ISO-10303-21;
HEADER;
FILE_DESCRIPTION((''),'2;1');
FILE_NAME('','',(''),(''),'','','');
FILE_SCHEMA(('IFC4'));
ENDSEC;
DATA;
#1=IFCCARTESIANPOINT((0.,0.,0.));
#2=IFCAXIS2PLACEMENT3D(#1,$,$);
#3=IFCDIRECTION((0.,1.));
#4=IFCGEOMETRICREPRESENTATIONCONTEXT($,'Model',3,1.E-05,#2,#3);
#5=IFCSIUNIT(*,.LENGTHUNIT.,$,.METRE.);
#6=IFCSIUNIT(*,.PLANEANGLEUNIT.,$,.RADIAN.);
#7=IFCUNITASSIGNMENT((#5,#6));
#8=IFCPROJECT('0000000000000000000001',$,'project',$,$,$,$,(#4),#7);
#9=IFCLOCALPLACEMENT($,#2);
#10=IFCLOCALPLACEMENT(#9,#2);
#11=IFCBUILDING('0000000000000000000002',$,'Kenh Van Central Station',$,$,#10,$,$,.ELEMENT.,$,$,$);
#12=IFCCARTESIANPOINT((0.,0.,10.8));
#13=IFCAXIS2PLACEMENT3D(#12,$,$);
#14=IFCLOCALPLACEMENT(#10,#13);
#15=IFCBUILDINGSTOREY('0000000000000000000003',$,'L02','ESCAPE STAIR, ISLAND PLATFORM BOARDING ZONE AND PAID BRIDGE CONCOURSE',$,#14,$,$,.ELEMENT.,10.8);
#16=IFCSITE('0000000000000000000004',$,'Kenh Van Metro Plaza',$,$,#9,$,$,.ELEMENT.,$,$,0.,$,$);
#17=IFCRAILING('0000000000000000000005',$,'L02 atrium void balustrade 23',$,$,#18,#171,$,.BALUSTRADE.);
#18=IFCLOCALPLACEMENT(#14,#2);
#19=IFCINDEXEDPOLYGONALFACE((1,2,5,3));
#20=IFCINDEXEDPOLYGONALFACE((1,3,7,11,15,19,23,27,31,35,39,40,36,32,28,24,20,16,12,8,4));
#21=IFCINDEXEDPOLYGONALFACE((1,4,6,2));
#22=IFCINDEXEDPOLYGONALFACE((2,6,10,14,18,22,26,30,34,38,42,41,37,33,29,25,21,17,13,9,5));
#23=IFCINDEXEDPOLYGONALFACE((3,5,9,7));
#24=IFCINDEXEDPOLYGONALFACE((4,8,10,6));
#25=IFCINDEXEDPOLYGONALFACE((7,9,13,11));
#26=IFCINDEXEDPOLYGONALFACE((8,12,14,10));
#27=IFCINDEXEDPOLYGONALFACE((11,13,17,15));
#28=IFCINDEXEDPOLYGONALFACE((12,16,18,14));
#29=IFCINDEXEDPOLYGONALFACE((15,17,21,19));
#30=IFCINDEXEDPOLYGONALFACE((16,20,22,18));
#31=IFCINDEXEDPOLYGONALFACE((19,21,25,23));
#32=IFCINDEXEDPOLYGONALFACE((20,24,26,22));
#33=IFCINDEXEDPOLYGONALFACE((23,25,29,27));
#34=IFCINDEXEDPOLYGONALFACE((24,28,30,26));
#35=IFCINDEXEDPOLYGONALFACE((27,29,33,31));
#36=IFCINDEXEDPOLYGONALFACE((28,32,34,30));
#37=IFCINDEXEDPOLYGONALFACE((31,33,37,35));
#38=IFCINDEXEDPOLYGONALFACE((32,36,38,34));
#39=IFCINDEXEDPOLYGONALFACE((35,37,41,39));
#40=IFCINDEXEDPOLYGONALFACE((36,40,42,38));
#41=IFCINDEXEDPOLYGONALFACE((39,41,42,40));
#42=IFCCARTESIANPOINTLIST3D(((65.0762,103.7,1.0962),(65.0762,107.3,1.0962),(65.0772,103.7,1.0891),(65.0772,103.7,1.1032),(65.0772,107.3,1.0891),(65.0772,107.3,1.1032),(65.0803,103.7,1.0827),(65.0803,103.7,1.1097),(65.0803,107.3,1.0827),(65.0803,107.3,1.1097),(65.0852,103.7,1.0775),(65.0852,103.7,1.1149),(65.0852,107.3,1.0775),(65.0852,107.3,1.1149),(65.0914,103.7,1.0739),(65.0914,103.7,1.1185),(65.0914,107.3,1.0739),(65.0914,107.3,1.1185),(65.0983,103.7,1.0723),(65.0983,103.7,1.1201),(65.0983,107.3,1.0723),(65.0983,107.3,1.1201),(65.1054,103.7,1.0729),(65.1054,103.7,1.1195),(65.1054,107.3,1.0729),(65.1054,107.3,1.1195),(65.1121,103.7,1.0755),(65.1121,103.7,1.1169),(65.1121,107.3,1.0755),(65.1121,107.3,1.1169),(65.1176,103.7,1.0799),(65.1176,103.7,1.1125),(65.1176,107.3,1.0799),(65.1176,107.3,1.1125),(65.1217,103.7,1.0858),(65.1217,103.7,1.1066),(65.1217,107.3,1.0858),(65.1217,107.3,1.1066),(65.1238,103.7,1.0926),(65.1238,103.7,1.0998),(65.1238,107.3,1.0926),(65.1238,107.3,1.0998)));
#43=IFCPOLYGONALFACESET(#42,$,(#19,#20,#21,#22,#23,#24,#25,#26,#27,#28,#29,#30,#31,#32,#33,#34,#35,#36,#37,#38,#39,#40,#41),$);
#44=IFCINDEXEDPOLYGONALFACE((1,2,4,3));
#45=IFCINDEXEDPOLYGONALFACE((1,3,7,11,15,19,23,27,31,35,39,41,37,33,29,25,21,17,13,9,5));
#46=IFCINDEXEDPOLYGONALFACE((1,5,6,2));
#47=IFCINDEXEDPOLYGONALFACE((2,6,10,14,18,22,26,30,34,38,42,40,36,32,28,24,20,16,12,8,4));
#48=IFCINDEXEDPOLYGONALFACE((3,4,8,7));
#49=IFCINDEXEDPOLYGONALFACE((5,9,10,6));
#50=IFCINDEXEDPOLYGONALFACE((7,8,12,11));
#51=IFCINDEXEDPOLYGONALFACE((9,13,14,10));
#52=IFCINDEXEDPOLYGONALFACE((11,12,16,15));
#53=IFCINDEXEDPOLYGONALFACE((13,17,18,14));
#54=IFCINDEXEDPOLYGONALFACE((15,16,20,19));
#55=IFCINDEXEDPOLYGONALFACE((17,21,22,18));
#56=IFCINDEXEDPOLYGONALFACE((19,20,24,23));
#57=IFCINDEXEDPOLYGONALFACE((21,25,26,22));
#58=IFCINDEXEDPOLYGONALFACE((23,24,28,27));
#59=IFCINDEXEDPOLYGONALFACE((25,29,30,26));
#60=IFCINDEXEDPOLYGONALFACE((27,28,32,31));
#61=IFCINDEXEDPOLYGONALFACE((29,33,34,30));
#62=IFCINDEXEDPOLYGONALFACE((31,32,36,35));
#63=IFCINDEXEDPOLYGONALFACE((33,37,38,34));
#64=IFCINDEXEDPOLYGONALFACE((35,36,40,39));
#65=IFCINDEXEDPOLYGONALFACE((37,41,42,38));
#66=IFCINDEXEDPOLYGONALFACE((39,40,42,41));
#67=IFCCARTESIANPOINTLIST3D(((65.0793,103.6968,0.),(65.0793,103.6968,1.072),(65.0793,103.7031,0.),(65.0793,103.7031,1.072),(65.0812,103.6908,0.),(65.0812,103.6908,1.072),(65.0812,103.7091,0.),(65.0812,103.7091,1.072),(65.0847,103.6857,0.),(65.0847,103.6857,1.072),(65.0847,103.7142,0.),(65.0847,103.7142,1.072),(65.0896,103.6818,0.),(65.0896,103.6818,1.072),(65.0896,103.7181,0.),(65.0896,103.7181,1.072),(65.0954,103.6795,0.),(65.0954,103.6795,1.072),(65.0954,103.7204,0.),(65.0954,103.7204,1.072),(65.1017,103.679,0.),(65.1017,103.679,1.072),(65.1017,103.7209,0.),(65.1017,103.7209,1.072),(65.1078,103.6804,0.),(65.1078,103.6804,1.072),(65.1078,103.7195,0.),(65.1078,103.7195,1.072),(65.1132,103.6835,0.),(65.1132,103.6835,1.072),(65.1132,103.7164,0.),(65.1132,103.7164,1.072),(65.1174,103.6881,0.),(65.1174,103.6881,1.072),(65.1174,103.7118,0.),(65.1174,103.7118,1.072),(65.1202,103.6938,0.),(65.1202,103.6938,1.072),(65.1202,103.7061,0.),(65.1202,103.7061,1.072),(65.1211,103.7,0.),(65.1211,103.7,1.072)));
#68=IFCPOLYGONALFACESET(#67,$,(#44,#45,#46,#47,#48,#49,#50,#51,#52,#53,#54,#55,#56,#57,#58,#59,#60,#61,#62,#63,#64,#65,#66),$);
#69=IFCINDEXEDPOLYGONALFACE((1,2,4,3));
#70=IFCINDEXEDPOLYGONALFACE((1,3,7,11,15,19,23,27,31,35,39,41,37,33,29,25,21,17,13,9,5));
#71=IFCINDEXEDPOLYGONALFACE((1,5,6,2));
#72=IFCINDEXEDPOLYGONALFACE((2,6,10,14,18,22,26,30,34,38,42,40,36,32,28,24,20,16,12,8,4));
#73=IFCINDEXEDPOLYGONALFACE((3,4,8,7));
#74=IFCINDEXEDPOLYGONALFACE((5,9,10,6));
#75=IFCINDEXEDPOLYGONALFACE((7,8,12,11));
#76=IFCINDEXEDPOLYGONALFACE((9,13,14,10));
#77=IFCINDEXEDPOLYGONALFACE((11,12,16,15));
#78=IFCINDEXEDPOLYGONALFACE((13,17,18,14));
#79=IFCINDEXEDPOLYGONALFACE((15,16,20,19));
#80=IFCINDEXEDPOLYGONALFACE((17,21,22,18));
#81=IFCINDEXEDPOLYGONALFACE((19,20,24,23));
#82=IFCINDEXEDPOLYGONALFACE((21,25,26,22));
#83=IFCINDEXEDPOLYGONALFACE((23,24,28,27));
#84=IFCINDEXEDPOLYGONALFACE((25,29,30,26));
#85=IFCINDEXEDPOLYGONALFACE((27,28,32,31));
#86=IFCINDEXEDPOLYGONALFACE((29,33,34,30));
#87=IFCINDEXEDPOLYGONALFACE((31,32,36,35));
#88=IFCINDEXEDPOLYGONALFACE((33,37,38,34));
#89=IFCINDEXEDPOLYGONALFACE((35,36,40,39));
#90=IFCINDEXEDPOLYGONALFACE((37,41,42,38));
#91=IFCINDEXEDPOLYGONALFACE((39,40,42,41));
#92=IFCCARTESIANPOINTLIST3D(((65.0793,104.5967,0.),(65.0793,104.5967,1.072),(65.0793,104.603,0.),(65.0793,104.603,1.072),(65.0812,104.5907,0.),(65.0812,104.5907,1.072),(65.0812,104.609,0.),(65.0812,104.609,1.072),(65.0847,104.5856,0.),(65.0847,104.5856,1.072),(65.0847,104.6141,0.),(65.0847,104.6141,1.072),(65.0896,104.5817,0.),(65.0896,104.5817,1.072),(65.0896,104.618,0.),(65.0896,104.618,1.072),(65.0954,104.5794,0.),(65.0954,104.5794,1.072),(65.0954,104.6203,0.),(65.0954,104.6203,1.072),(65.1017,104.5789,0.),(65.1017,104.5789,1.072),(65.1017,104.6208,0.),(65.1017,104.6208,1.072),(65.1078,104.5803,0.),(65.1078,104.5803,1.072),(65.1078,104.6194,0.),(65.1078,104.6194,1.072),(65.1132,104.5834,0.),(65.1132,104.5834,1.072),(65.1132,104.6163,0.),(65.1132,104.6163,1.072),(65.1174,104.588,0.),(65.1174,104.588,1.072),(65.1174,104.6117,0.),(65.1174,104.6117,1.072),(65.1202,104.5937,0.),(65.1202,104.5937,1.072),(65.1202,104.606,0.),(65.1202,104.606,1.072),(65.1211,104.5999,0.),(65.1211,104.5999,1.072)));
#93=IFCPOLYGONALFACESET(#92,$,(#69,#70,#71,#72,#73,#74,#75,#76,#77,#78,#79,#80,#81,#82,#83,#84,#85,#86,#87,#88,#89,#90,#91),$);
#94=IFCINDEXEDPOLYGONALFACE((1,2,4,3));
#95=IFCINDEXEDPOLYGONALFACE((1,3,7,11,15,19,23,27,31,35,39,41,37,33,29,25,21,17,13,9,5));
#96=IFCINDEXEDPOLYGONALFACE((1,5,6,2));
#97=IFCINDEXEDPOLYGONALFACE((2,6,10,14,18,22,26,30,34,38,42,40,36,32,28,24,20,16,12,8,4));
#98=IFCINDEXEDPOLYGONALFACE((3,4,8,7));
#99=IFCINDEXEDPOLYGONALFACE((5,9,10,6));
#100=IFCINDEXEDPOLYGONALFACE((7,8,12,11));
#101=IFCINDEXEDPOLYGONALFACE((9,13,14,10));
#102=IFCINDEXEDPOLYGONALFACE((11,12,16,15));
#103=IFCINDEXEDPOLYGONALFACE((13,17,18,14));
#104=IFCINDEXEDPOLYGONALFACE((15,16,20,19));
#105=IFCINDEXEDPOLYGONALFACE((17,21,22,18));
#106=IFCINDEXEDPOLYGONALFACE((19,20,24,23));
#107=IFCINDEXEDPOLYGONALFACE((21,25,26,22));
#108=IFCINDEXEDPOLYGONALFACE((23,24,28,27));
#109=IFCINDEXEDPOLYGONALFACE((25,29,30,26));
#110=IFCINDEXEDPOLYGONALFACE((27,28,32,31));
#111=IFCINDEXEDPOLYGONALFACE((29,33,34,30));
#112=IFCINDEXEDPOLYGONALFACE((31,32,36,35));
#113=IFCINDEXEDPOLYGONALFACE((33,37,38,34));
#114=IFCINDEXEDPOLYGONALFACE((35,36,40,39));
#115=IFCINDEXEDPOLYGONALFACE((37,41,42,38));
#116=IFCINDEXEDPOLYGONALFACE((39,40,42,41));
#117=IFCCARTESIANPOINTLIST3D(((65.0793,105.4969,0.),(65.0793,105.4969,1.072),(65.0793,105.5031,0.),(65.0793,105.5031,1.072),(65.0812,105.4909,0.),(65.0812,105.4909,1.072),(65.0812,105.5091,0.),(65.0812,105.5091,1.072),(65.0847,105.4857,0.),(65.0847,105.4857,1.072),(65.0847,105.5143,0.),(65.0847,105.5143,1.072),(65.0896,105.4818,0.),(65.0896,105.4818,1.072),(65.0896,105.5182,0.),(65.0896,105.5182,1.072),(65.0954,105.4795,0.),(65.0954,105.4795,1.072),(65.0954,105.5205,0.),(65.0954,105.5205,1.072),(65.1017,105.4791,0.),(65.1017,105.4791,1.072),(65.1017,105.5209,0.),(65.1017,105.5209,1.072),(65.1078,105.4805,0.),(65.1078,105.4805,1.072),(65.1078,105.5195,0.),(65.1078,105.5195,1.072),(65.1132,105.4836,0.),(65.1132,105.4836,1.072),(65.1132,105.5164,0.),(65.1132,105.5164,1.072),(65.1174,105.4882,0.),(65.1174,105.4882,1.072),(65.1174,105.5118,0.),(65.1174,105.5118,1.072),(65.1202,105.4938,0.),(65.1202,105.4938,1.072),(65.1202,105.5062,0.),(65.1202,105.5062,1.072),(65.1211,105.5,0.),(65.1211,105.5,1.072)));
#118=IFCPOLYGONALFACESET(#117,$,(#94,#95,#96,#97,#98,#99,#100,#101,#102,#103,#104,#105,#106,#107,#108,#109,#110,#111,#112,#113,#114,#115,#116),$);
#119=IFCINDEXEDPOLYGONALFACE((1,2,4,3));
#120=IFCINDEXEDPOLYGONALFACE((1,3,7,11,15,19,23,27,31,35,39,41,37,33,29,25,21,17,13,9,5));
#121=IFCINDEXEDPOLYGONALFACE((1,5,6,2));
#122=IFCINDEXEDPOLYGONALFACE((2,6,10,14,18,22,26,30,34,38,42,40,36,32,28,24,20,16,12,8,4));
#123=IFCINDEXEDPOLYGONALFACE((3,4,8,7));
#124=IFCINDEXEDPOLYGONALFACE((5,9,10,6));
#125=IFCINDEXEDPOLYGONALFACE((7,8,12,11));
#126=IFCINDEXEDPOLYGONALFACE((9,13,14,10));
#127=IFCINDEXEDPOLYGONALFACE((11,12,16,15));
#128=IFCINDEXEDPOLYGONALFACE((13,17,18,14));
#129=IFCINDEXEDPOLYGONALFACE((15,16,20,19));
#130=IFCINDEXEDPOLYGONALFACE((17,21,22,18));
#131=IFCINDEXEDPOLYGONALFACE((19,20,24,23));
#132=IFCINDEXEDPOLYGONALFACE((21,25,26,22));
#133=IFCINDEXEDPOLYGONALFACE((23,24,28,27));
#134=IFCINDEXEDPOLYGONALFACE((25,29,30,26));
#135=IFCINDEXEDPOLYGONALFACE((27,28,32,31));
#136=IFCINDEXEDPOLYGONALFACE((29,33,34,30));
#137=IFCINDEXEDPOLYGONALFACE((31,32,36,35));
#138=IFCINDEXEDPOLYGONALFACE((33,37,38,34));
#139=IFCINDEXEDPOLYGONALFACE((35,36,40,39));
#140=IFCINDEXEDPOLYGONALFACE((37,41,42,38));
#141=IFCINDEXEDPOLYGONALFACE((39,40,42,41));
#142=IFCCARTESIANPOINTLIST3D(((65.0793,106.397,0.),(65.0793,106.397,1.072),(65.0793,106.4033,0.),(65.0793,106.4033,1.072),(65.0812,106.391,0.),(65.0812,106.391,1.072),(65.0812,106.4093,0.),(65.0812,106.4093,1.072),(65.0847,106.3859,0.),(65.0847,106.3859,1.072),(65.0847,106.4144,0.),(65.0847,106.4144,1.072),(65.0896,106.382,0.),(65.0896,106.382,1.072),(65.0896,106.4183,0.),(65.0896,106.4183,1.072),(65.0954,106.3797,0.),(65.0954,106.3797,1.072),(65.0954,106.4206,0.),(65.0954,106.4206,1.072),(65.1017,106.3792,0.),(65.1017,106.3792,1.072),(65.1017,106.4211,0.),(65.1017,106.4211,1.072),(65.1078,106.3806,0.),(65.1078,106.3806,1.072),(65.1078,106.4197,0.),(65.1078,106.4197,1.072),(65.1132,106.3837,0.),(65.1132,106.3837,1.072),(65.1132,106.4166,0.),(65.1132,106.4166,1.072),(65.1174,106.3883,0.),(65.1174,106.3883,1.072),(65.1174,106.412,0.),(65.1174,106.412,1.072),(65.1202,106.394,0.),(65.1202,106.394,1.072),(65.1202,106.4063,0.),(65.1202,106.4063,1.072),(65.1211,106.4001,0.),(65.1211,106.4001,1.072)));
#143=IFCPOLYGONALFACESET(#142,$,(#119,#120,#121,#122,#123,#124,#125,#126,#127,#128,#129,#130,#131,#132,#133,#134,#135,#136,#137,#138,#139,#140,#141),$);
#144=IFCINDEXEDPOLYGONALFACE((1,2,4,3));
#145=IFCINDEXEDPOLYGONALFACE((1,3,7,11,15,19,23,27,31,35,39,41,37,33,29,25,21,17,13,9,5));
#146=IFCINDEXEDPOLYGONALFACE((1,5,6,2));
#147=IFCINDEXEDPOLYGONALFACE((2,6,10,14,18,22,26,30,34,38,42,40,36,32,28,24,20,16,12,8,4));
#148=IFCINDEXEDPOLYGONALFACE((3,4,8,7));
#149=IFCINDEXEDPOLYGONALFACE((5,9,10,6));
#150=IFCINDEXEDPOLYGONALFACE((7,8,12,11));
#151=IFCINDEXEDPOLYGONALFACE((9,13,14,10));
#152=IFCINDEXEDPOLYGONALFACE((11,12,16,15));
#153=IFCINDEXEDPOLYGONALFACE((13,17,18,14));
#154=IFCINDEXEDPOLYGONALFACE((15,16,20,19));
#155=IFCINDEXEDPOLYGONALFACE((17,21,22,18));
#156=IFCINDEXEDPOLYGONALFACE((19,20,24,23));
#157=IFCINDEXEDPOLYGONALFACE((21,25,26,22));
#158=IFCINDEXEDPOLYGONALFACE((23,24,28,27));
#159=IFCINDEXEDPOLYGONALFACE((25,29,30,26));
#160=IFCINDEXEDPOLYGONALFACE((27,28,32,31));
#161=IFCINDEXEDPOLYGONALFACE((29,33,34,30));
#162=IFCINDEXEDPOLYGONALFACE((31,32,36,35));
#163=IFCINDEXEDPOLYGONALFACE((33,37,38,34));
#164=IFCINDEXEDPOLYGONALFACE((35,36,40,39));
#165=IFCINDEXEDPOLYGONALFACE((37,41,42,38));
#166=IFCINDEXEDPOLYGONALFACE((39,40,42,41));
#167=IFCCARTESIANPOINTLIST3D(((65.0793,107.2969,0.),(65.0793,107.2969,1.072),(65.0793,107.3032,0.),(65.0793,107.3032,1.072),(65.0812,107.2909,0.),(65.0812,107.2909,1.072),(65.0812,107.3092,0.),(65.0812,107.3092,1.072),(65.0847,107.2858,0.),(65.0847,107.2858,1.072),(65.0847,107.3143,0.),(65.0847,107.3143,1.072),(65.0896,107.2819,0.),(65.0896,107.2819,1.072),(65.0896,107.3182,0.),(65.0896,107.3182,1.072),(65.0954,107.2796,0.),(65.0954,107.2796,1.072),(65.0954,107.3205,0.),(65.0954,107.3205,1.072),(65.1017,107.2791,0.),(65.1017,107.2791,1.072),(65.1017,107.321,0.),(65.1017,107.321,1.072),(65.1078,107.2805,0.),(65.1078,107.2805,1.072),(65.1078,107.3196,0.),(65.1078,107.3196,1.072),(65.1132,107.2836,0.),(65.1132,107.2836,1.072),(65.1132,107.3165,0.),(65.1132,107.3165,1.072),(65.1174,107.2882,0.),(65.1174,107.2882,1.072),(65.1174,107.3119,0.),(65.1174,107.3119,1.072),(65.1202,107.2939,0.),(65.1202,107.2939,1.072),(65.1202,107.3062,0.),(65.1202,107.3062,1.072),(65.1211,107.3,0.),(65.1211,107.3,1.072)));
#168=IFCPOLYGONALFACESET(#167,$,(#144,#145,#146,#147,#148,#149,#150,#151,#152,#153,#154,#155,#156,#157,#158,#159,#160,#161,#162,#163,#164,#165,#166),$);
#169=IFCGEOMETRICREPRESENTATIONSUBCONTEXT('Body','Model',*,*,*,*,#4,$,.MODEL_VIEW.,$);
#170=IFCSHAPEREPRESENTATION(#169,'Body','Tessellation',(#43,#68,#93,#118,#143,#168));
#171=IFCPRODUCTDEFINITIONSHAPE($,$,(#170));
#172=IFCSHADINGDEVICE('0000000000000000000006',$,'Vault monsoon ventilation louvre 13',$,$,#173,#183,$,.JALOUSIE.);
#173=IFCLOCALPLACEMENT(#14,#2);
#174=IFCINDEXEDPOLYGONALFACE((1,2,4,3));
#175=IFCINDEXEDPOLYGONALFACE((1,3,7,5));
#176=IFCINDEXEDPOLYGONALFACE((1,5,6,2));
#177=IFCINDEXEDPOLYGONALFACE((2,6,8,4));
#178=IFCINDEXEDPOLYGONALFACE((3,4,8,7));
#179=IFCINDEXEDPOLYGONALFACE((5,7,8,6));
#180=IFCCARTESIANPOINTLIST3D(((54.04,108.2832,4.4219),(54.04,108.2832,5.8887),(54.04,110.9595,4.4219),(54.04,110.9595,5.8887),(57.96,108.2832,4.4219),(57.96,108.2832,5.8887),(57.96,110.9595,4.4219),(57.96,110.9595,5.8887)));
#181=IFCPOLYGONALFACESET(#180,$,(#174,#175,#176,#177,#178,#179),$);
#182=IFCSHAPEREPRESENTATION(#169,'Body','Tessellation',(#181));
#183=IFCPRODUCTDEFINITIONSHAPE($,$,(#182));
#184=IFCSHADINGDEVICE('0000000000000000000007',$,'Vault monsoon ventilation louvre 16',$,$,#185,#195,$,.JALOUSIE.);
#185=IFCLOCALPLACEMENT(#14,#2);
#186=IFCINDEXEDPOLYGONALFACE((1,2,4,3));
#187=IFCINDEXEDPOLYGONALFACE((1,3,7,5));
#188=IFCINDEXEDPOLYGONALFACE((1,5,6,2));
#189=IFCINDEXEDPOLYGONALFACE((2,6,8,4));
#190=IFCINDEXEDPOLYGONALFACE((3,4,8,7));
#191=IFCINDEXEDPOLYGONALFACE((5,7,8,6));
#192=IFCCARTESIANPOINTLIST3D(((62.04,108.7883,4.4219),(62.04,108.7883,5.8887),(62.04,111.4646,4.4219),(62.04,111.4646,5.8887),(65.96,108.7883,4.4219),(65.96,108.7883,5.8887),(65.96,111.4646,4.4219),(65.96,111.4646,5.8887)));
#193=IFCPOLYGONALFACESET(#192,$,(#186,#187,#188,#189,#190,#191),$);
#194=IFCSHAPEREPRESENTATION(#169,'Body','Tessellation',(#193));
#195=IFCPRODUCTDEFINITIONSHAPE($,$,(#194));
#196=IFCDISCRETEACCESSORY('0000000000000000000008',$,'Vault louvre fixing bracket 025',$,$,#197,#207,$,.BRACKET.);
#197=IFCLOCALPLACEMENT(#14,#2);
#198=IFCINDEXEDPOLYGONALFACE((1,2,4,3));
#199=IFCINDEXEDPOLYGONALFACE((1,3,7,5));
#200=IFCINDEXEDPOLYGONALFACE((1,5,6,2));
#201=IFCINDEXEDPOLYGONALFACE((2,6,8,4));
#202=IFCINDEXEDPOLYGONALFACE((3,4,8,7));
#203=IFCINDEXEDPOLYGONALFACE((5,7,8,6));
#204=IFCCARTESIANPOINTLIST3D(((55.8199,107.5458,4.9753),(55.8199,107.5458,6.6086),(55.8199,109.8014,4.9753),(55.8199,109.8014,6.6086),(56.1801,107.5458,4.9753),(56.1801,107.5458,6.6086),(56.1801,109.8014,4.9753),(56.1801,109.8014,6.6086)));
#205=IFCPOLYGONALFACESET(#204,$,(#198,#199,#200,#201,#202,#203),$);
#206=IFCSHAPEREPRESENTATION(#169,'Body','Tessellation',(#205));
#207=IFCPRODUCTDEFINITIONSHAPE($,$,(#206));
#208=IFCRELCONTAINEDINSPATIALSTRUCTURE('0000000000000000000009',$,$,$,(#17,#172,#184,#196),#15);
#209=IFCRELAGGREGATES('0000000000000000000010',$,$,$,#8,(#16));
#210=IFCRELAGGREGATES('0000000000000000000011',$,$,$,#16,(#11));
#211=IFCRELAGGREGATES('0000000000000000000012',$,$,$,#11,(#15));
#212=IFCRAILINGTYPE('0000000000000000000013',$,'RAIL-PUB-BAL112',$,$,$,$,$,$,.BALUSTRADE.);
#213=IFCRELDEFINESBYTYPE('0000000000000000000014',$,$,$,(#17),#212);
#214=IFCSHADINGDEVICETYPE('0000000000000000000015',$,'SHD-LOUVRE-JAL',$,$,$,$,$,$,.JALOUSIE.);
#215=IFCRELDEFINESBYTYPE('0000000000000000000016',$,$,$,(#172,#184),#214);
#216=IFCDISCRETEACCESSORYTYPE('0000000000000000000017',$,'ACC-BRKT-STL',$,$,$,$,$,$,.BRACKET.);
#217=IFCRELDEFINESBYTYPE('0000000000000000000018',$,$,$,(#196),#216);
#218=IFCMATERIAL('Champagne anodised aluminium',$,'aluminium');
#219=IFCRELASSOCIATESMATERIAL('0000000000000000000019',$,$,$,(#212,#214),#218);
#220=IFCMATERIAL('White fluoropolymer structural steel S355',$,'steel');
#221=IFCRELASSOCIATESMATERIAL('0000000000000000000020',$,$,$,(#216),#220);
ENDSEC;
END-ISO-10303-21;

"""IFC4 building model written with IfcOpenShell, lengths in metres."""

from ifc_helpers import new_model, si_unit, direction, frame, origin, origin_2d, place, context, subcontext, project, spatial, rectangle, circle, extrude, material, type_object, element, save


model = new_model("IFC4")

# Units and contexts
model_context = context("Model", 3, precision=1e-05, world=origin(), true_north=direction((0.0, 1.0)))
body_context = subcontext(model_context, "Body", "Model", "MODEL_VIEW")
ifc_project = project(units=[si_unit("LENGTHUNIT", "METRE"), si_unit("PLANEANGLEUNIT", "RADIAN")], contexts=[model_context])

# Site, building, storey
site_placement = place(None, origin())
site = spatial("IfcSite", under=ifc_project, at=site_placement, Name="Kenh Van Metro Plaza", CompositionType="ELEMENT", RefElevation=0.0)
building_placement = place(site_placement, origin())
building = spatial("IfcBuilding", under=site, at=building_placement, Name="Kenh Van Central Station", CompositionType="ELEMENT")
storey_placement = place(building_placement, frame((0.0, 0.0, 10.8)))
storey = spatial("IfcBuildingStorey", under=building, at=storey_placement, Name="L02", Description="ESCAPE STAIR, ISLAND PLATFORM BOARDING ZONE AND PAID BRIDGE CONCOURSE", CompositionType="ELEMENT", Elevation=10.8)

# Shared definitions
ifc_material_1 = material(Name="White fluoropolymer structural steel S355", Category="steel")

# Railing
ifc_material_2 = material(Name="Champagne anodised aluminium", Category="aluminium")
railing_type_1 = type_object("IfcRailingType", Name="RAIL-PUB-BAL112", PredefinedType="BALUSTRADE", material=ifc_material_2)
railing_1_placement = place(storey_placement, frame((65.1001, 103.7, 0.0)))
element("IfcRailing", 1, at=railing_1_placement, inside=storey, type_object=railing_type_1, Name="L02 atrium void balustrade 23", PredefinedType="BALUSTRADE", context=body_context, shape_type="SweptSolid", body=[
    extrude(circle(Radius=0.0239, at=origin_2d()), frame((0.0, 0.0, 1.0962), z_axis=(0.0, 1.0, 0.0), x_axis=(-1.0, 0.0, 0.0)), (0.0, 0.0, 1.0), 3.6001),
    extrude(circle(Radius=0.021, at=origin_2d()), origin(), (0.0, 0.0, 1.0), 1.072),
    extrude(circle(Radius=0.021, at=origin_2d()), frame((0.0, 0.8999, 0.0)), (0.0, 0.0, 1.0), 1.072),
    extrude(circle(Radius=0.021, at=origin_2d()), frame((0.0, 1.8, 0.0)), (0.0, 0.0, 1.0), 1.072),
    extrude(circle(Radius=0.021, at=origin_2d()), frame((0.0, 2.7002, 0.0)), (0.0, 0.0, 1.0), 1.072),
    extrude(circle(Radius=0.021, at=origin_2d()), frame((0.0, 3.6001, 0.0)), (0.0, 0.0, 1.0), 1.072),
])

# Shading devices
shading_device_type = type_object("IfcShadingDeviceType", Name="SHD-LOUVRE-JAL", PredefinedType="JALOUSIE", material=ifc_material_2)
for number, where, z_axis, x_axis, name in (
    (2, (56.0, 109.6213, 4.4219), (0.0, 0.0, 1.0), (1.0, 0.0, 0.0), "Vault monsoon ventilation louvre 13"),
    (3, (64.0, 110.1265, 4.4219), (0.0, 0.0, 1.0), (1.0, 0.0, 0.0), "Vault monsoon ventilation louvre 16"),
):
    element("IfcShadingDevice", number, at=place(storey_placement, frame(where, z_axis=z_axis, x_axis=x_axis)), inside=storey, type_object=shading_device_type, Name=name, PredefinedType="JALOUSIE", context=body_context, shape_type="SweptSolid", body=[
        extrude(rectangle(XDim=3.9199, YDim=2.6763, at=origin_2d()), origin(), (0.0, 0.0, 1.0), 1.4668),
    ])

# Discrete accessory
discrete_accessory_type_1 = type_object("IfcDiscreteAccessoryType", Name="ACC-BRKT-STL", PredefinedType="BRACKET", material=ifc_material_1)
discrete_accessory_1_placement = place(storey_placement, frame((56.0, 108.6736, 4.9753), z_axis=(0.0, 0.0, 1.0), x_axis=(1.0, 0.0, 0.0)))
element("IfcDiscreteAccessory", 4, at=discrete_accessory_1_placement, inside=storey, type_object=discrete_accessory_type_1, Name="Vault louvre fixing bracket 025", PredefinedType="BRACKET", context=body_context, shape_type="SweptSolid", body=[
    extrude(rectangle(XDim=0.3601, YDim=2.2556, at=origin_2d()), origin(), (0.0, 0.0, 1.0), 1.6333),
])

save(model, "model.ifc")
